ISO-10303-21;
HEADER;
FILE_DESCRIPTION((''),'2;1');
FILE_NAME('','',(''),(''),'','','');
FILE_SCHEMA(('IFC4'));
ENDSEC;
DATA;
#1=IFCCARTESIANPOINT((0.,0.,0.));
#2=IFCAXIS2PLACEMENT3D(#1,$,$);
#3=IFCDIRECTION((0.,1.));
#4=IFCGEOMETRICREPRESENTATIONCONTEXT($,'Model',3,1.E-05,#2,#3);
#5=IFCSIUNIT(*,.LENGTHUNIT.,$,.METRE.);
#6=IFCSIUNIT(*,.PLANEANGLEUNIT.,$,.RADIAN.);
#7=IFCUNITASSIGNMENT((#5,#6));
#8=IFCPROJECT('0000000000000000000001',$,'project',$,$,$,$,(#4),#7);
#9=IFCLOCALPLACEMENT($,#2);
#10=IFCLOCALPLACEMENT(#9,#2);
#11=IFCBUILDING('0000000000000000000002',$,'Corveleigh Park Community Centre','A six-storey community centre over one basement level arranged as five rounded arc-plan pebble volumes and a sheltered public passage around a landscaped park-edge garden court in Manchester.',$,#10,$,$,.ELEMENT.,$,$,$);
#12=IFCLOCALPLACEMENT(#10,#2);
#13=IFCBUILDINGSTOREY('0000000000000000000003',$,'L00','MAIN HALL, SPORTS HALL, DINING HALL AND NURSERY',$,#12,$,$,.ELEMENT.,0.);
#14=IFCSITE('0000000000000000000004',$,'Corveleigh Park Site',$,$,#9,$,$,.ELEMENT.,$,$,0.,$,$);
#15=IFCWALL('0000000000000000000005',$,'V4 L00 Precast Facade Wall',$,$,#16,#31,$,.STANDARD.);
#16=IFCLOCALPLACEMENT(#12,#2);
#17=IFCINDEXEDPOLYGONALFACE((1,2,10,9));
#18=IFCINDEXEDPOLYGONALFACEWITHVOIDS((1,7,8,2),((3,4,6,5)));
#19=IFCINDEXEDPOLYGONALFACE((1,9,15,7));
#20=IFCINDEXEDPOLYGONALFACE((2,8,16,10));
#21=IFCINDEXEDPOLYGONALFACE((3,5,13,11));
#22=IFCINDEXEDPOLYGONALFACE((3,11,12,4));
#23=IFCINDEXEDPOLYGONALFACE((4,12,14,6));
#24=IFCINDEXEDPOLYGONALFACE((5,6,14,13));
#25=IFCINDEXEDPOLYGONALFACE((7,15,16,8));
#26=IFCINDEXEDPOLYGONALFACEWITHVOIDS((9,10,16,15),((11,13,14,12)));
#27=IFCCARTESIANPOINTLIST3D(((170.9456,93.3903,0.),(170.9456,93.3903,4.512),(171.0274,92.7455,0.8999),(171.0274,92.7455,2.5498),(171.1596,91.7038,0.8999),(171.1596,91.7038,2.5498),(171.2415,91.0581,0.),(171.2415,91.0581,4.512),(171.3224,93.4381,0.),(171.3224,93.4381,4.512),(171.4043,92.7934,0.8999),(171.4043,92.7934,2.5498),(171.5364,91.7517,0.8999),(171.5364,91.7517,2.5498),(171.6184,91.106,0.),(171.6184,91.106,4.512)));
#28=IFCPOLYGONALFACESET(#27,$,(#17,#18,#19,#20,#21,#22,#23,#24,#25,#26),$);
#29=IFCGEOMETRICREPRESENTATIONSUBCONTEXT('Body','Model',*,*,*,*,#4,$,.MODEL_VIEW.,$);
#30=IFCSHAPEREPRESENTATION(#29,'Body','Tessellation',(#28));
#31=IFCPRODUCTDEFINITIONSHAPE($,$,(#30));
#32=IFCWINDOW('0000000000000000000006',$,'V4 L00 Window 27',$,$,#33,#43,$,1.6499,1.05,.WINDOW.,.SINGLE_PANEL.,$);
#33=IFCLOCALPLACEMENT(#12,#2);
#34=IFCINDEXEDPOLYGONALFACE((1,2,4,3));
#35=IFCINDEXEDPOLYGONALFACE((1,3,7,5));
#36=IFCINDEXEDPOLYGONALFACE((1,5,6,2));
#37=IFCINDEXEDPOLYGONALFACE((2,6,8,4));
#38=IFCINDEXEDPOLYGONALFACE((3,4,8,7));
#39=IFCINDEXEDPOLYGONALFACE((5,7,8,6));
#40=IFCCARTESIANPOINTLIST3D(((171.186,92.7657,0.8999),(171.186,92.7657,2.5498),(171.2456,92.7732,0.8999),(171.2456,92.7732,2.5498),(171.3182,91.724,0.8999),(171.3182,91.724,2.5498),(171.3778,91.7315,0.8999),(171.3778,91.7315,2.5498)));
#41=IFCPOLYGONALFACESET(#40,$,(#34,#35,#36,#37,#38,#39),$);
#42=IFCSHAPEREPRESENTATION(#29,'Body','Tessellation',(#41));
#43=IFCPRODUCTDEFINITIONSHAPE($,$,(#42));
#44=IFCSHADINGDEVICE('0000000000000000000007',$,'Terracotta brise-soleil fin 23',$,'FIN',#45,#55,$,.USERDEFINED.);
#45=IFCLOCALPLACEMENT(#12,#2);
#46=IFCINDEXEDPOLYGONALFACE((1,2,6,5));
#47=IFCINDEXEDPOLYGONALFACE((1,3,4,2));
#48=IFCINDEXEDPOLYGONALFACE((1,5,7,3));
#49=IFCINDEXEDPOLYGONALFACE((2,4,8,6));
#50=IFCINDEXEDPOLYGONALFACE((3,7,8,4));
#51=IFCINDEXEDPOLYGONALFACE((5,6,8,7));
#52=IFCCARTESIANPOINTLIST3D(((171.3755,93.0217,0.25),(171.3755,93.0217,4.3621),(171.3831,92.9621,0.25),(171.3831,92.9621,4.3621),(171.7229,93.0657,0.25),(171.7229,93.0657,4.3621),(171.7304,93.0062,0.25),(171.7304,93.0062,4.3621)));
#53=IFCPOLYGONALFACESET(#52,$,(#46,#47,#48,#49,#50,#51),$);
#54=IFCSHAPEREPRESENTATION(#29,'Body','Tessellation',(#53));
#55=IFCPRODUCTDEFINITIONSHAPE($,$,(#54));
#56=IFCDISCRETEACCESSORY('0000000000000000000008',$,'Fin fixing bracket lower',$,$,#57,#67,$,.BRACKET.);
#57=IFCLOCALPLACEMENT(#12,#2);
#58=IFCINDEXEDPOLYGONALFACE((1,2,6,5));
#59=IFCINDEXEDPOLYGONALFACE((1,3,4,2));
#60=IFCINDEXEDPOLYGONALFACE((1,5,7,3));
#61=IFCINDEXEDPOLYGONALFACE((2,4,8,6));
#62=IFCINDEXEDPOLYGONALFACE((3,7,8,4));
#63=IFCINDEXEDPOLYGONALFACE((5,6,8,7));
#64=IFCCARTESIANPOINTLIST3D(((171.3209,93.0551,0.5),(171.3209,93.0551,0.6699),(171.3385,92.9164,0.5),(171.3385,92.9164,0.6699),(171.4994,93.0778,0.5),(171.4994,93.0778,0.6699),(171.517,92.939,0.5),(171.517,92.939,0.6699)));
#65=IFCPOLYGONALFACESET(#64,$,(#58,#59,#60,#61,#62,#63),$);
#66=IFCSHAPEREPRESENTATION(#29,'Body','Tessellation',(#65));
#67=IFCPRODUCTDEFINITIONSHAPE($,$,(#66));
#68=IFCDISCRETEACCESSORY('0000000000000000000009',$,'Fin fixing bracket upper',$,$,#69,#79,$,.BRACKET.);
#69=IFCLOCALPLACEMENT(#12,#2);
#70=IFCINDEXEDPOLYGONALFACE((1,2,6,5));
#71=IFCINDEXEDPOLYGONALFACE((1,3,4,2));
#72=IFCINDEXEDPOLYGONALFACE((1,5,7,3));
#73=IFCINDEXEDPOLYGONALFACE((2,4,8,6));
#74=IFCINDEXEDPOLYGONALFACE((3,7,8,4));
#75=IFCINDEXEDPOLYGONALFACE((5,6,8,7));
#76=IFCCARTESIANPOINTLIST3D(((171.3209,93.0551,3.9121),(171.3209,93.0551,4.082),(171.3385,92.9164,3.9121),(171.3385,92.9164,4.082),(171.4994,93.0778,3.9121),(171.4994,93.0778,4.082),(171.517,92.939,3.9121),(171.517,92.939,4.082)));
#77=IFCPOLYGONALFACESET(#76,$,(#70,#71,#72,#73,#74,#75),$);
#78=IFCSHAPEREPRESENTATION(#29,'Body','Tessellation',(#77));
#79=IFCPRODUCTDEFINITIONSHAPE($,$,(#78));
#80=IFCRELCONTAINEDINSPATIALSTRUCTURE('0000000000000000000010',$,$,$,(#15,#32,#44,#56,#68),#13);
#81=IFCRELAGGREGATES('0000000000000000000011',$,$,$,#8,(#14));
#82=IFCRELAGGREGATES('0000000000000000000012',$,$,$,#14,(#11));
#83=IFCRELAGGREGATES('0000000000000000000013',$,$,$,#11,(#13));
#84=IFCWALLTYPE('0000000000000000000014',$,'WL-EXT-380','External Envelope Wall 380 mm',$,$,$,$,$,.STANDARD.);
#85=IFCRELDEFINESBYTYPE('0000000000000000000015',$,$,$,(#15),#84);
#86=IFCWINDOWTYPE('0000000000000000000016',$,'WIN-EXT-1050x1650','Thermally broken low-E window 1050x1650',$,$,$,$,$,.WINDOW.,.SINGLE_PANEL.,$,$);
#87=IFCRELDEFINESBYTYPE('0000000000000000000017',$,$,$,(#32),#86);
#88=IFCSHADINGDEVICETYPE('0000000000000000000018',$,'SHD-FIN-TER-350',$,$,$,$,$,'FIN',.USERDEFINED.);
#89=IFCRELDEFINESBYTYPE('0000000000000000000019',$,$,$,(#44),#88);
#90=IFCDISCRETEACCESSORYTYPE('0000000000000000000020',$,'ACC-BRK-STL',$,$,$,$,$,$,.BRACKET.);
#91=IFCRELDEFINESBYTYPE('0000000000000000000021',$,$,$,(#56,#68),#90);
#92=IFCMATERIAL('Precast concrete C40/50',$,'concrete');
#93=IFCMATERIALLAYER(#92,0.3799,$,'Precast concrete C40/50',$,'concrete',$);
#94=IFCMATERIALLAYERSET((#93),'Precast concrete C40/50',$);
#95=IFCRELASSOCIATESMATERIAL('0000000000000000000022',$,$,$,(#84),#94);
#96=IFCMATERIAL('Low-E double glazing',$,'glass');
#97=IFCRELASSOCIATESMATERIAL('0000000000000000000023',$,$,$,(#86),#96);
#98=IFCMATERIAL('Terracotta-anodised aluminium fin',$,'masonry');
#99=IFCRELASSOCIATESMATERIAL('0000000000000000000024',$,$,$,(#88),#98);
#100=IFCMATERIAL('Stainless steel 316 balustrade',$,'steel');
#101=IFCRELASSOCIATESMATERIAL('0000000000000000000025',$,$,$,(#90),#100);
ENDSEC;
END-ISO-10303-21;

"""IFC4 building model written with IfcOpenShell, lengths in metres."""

from ifc_helpers import new_model, si_unit, direction, frame, frame_2d, origin, origin_2d, place, context, subcontext, project, spatial, rectangle, extrude, material, layer, layer_set, type_object, element, fill, save


model = new_model("IFC4")

# Units and contexts
model_context = context("Model", 3, precision=1e-05, world=origin(), true_north=direction((0.0, 1.0)))
body_context = subcontext(model_context, "Body", "Model", "MODEL_VIEW")
ifc_project = project(units=[si_unit("LENGTHUNIT", "METRE"), si_unit("PLANEANGLEUNIT", "RADIAN")], contexts=[model_context])

# Site, building, storey
site_placement = place(None, origin())
site = spatial("IfcSite", under=ifc_project, at=site_placement, Name="Corveleigh Park Site", CompositionType="ELEMENT", RefElevation=0.0)
building_placement = place(site_placement, origin())
building = spatial("IfcBuilding", under=site, at=building_placement, Name="Corveleigh Park Community Centre", Description="A six-storey community centre over one basement level arranged as five rounded arc-plan pebble volumes and a sheltered public passage around a landscaped park-edge garden court in Manchester.", CompositionType="ELEMENT")
storey_placement = place(building_placement, origin())
storey = spatial("IfcBuildingStorey", under=building, at=storey_placement, Name="L00", Description="MAIN HALL, SPORTS HALL, DINING HALL AND NURSERY", CompositionType="ELEMENT", Elevation=0.0)

# Shared definitions
ifc_material_1 = material(Name="Low-E double glazing", Category="glass")

# Wall, opening, window
ifc_material_2 = material(Name="Precast concrete C40/50", Category="concrete")
ifc_layer_1 = layer(ifc_material_2, 0.3799, Name="Precast concrete C40/50", Category="concrete")
ifc_layer_set_1 = layer_set([ifc_layer_1], Name="Precast concrete C40/50")
wall_type = type_object("IfcWallType", Name="WL-EXT-380", Description="External Envelope Wall 380 mm", PredefinedType="STANDARD", material=ifc_layer_set_1)
wall_placement = place(storey_placement, frame((171.134, 93.4141, 0.0), z_axis=(0.0, 0.0, 1.0), x_axis=(0.125875, -0.992046, 0.0)))
wall = element("IfcWall", 1, at=wall_placement, inside=storey, type_object=wall_type, Name="V4 L00 Precast Facade Wall", PredefinedType="STANDARD", context=body_context, shape_type="SweptSolid", body=[
    extrude(rectangle(XDim=2.3508, YDim=0.3799, at=frame_2d((1.1753, 0.0))), origin(), (0.0, 0.0, 1.0), 4.512),
])
opening_placement = place(wall_placement, frame((0.6499, 0.0, 0.8999)))
opening = element("IfcOpeningElement", 2, at=opening_placement, cuts=wall, PredefinedType="OPENING", context=body_context, shape_type="SweptSolid", body=[
    extrude(rectangle(XDim=1.05, YDim=1.6499, at=frame_2d((0.5249, 0.825))), frame((0.0, 0.2, 0.0), z_axis=(0.0, -1.0, 0.0), x_axis=(1.0, 0.0, 0.0)), (0.0, 0.0, 1.0), 0.3999),
])
window_type = type_object("IfcWindowType", Name="WIN-EXT-1050x1650", Description="Thermally broken low-E window 1050x1650", PartitioningType="SINGLE_PANEL", PredefinedType="WINDOW", material=ifc_material_1)
window_placement = place(opening_placement, origin())
window = element("IfcWindow", 3, at=window_placement, inside=storey, type_object=window_type, Name="V4 L00 Window 27", OverallHeight=1.6499, OverallWidth=1.05, PartitioningType="SINGLE_PANEL", PredefinedType="WINDOW", context=body_context, shape_type="SweptSolid", body=[
    extrude(rectangle(XDim=1.05, YDim=1.6499, at=frame_2d((0.5249, 0.825))), frame((0.0, 0.03, 0.0), z_axis=(0.0, -1.0, 0.0), x_axis=(1.0, 0.0, 0.0)), (0.0, 0.0, 1.0), 0.0601),
])
fill(opening, window)

# Shading device
ifc_material_3 = material(Name="Terracotta-anodised aluminium fin", Category="masonry")
shading_device_type = type_object("IfcShadingDeviceType", Name="SHD-FIN-TER-350", ElementType="FIN", PredefinedType="USERDEFINED", material=ifc_material_3)
shading_device_placement = place(storey_placement, frame((171.553, 93.0139, 0.25), z_axis=(0.0, 0.0, 1.0), x_axis=(0.99204, 0.125919, 0.0)))
element("IfcShadingDevice", 4, at=shading_device_placement, inside=storey, type_object=shading_device_type, Name="Terracotta brise-soleil fin 23", ObjectType="FIN", PredefinedType="USERDEFINED", context=body_context, shape_type="SweptSolid", body=[
    extrude(rectangle(XDim=0.3501, YDim=0.0601, at=origin_2d()), origin(), (0.0, 0.0, 1.0), 4.1121),
])

# Discrete accessories
ifc_material_4 = material(Name="Stainless steel 316 balustrade", Category="steel")
discrete_accessory_type = type_object("IfcDiscreteAccessoryType", Name="ACC-BRK-STL", PredefinedType="BRACKET", material=ifc_material_4)
for number, where, z_axis, x_axis, name in (
    (5, (171.4189, 92.9971, 0.5), (0.0, 0.0, 1.0), (0.99204, 0.125919, 0.0), "Fin fixing bracket lower"),
    (6, (171.4189, 92.9971, 3.9121), (0.0, 0.0, 1.0), (0.99204, 0.125919, 0.0), "Fin fixing bracket upper"),
):
    element("IfcDiscreteAccessory", number, at=place(storey_placement, frame(where, z_axis=z_axis, x_axis=x_axis)), inside=storey, type_object=discrete_accessory_type, Name=name, PredefinedType="BRACKET", context=body_context, shape_type="SweptSolid", body=[
        extrude(rectangle(XDim=0.1799, YDim=0.1399, at=origin_2d()), origin(), (0.0, 0.0, 1.0), 0.1699),
    ])

save(model, "model.ifc")
